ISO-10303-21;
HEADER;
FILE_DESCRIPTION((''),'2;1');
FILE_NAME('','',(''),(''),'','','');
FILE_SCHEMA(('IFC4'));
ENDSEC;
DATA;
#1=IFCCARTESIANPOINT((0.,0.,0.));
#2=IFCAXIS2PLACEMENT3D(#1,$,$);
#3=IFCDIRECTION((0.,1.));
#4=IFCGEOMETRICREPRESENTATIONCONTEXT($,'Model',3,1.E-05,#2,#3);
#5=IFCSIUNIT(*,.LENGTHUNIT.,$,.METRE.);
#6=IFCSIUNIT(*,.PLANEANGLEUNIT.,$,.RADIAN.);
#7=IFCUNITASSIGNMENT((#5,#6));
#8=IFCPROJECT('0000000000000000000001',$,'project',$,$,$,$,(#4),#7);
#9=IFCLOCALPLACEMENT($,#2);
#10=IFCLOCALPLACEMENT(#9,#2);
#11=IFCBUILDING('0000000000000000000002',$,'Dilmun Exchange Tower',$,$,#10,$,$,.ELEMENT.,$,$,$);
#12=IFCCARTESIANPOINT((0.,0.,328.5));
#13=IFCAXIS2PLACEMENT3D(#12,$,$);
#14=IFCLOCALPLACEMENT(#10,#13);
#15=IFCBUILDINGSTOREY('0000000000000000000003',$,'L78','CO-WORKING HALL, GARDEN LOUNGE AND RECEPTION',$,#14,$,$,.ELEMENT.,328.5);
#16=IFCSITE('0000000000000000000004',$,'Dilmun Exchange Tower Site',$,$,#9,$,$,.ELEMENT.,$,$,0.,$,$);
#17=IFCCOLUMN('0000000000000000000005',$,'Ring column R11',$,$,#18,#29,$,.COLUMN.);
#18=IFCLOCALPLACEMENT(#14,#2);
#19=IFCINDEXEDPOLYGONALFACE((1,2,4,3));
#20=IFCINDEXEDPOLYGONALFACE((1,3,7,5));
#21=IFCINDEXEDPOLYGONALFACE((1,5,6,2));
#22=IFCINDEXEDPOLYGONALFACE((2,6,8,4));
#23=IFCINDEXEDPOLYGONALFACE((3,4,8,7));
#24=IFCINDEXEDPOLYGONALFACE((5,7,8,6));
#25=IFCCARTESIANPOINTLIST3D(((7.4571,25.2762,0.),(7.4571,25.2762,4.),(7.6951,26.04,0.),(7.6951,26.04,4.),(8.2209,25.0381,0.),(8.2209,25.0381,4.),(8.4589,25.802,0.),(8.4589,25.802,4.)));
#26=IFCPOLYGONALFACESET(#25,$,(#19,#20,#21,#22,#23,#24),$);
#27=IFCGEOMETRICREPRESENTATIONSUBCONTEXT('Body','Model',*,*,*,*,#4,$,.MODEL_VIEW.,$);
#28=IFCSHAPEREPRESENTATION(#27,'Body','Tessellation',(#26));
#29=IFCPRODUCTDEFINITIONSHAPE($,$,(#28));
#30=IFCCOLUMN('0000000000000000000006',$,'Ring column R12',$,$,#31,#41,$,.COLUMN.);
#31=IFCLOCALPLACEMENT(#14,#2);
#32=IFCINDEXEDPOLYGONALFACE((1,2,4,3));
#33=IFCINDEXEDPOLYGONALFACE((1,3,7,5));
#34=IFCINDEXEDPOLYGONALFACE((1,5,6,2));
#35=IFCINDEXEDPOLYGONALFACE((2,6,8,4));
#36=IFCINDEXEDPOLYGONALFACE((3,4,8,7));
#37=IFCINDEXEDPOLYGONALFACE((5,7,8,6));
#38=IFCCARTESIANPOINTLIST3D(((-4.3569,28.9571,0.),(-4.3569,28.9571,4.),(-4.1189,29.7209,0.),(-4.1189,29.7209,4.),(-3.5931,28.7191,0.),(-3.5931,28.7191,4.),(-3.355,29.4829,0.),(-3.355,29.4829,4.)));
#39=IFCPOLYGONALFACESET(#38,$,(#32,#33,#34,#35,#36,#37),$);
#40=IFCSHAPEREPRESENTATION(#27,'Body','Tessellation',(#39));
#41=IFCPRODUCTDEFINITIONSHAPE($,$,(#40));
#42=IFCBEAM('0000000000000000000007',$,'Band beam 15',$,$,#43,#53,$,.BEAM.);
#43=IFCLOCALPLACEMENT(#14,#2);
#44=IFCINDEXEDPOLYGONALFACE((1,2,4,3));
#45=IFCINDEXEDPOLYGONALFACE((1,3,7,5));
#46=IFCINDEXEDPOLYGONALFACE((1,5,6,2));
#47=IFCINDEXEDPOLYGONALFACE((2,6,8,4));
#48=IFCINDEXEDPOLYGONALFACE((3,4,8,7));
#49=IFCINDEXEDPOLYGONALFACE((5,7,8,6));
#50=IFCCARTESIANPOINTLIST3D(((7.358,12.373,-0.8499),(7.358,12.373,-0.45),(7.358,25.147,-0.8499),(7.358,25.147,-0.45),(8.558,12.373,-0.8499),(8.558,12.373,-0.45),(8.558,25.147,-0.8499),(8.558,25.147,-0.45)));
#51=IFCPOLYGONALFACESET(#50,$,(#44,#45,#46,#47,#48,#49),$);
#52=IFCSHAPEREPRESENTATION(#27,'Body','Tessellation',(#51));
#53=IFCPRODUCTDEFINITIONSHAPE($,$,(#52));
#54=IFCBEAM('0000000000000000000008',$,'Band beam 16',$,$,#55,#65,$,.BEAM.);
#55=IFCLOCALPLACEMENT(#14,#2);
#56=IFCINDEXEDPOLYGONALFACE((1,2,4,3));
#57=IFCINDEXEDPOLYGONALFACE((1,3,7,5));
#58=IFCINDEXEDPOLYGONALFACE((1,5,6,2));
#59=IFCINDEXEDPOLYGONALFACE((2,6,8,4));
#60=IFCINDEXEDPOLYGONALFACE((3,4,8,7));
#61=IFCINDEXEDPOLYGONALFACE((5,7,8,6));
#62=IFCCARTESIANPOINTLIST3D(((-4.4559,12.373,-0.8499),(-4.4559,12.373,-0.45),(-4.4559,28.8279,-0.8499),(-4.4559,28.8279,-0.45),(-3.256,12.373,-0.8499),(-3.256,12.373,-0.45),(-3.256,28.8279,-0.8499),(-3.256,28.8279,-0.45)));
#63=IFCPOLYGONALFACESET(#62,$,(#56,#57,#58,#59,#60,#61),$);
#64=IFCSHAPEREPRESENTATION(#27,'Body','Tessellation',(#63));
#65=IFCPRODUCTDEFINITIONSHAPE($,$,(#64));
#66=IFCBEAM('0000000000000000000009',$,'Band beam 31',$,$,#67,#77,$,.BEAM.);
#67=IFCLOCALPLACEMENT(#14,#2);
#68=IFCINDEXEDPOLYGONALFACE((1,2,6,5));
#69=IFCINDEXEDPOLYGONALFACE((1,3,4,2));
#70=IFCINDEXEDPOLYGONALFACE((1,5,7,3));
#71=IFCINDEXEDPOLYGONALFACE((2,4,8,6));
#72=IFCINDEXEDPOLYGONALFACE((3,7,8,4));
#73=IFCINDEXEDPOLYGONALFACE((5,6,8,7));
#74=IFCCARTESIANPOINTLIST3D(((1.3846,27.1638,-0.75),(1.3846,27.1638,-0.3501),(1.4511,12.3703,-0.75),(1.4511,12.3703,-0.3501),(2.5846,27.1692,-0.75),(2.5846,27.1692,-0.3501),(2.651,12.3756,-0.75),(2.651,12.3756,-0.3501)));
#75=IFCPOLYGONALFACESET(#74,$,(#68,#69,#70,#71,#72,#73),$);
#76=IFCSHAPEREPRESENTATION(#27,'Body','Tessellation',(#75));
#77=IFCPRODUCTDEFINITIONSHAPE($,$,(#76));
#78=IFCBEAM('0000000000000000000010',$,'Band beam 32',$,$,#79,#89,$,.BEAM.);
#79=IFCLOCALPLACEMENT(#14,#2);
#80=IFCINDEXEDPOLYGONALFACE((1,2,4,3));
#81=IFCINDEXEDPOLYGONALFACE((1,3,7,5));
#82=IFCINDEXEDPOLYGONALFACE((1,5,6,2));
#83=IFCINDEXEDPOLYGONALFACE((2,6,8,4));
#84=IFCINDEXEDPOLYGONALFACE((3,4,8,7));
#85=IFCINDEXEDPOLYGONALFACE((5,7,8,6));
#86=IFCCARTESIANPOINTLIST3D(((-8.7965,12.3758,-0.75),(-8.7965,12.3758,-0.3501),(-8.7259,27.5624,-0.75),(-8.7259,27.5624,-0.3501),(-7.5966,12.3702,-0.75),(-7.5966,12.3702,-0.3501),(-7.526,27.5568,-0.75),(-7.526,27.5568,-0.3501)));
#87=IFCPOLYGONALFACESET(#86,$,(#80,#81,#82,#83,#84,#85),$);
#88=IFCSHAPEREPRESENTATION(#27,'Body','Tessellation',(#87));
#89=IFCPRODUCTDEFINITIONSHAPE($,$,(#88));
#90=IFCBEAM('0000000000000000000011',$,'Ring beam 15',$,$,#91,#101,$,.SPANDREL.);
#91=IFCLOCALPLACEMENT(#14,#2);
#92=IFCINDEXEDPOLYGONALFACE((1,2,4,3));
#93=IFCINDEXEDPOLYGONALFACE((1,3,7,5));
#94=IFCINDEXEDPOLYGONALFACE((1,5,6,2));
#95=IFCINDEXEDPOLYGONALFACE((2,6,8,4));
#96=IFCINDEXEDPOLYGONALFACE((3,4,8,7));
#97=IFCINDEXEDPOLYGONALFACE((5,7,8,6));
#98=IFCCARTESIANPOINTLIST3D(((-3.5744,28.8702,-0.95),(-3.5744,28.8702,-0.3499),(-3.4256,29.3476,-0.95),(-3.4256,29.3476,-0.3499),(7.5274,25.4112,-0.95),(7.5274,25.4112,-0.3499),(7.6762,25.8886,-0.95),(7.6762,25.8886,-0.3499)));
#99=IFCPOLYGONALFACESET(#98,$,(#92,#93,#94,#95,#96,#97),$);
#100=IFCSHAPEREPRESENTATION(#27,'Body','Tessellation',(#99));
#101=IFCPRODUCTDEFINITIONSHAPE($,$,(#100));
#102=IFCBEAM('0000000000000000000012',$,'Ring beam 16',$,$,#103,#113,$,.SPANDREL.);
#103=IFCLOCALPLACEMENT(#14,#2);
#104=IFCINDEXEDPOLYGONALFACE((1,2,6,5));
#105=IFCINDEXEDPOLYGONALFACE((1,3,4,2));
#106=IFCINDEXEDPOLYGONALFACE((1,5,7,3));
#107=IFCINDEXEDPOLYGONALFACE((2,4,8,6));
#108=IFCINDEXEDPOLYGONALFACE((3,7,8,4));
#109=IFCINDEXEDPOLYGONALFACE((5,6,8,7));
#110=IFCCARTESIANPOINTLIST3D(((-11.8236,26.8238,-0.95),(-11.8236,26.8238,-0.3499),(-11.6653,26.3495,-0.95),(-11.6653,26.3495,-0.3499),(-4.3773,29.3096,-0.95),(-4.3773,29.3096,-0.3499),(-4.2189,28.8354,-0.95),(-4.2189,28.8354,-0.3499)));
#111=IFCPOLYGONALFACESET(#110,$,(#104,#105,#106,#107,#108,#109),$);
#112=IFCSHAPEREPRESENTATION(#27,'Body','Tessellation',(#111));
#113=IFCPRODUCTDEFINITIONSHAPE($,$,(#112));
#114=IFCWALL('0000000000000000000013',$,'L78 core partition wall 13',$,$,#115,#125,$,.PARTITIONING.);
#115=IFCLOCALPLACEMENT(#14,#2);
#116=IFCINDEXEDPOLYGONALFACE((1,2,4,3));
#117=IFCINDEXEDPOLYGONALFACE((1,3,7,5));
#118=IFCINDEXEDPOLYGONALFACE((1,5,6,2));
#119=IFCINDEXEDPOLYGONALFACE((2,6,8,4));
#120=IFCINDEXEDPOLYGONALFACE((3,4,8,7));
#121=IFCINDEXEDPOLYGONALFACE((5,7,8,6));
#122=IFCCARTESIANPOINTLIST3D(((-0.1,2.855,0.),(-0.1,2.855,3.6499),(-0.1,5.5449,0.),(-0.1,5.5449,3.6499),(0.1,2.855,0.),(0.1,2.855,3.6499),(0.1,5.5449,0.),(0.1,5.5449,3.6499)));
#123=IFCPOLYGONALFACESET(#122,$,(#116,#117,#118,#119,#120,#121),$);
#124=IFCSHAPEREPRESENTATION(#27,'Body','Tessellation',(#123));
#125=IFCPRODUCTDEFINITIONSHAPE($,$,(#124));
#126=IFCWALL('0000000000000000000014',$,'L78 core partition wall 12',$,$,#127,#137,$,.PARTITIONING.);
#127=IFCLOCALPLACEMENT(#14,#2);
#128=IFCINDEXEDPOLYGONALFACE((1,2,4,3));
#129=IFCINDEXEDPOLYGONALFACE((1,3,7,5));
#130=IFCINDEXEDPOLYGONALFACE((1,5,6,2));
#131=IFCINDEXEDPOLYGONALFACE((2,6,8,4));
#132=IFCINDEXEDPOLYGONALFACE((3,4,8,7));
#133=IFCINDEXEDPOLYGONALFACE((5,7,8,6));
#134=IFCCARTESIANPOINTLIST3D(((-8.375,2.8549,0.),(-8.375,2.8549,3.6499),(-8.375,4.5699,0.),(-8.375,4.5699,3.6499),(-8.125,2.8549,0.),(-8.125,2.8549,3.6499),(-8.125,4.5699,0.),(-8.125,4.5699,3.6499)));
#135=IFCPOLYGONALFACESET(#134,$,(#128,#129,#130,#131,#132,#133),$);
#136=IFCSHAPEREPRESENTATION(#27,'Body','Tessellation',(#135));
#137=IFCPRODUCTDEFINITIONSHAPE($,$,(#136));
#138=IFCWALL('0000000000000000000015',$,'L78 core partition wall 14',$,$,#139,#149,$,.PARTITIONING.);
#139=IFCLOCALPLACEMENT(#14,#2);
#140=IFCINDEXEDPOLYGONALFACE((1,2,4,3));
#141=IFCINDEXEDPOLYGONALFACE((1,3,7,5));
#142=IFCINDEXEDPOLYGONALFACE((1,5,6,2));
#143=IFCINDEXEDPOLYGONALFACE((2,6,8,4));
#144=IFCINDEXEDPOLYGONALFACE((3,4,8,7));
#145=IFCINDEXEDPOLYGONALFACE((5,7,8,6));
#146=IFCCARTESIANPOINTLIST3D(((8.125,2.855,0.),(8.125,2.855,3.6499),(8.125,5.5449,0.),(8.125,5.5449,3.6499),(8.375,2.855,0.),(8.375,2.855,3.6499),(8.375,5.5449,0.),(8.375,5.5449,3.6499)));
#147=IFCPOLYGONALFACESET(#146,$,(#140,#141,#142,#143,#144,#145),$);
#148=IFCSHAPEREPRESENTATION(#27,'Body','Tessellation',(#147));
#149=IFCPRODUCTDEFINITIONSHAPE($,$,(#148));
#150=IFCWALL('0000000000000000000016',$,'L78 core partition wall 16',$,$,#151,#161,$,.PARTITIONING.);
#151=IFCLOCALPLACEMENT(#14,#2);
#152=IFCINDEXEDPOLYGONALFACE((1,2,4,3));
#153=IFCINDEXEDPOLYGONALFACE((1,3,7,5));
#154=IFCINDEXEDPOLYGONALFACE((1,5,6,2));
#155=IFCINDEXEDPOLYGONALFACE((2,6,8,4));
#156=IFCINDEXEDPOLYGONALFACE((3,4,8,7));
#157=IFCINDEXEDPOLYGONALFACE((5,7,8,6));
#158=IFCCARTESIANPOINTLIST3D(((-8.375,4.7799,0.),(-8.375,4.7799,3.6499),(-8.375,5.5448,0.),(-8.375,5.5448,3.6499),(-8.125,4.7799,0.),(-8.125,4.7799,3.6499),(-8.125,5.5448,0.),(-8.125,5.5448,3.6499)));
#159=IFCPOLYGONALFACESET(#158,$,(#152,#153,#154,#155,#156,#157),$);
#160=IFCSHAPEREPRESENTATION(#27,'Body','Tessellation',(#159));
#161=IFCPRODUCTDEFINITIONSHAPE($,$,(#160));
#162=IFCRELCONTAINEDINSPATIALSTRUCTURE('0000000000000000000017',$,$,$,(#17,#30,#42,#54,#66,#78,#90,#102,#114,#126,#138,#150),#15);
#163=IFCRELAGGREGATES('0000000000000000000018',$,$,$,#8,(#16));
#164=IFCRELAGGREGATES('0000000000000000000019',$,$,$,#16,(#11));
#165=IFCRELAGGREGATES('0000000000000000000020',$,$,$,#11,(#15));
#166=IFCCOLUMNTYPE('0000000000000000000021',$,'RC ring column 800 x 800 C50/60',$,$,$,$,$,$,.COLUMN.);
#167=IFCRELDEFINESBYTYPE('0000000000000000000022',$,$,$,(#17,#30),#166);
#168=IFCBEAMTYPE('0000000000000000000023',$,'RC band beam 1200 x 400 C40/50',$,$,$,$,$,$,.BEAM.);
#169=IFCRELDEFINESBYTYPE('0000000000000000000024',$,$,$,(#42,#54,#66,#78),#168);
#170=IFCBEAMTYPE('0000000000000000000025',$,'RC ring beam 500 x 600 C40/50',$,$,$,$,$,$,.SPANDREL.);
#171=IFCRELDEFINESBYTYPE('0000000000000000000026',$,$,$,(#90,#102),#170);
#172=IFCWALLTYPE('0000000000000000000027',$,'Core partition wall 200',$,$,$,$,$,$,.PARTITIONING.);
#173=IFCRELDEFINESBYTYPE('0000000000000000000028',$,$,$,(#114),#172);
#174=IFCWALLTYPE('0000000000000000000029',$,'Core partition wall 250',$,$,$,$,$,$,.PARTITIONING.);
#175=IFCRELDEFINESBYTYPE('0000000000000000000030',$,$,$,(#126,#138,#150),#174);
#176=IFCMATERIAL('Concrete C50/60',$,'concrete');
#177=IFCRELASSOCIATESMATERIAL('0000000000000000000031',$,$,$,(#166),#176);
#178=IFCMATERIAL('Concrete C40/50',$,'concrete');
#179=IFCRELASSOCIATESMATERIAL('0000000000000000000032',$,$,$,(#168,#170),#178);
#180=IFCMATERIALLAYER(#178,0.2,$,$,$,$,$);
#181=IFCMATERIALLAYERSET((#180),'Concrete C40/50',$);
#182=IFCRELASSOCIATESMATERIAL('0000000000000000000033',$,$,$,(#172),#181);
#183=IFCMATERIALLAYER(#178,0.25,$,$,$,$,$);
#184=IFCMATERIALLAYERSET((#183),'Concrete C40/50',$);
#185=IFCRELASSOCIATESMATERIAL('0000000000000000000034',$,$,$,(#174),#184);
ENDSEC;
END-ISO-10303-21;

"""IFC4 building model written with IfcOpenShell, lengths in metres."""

from ifc_helpers import new_model, si_unit, direction, frame, frame_2d, origin, origin_2d, place, context, subcontext, project, spatial, rectangle, extrude, material, layer, layer_set, material_profile, profile_set, type_object, element, save


model = new_model("IFC4")

# Units and contexts
model_context = context("Model", 3, precision=1e-05, world=origin(), true_north=direction((0.0, 1.0)))
body_context = subcontext(model_context, "Body", "Model", "MODEL_VIEW")
ifc_project = project(units=[si_unit("LENGTHUNIT", "METRE"), si_unit("PLANEANGLEUNIT", "RADIAN")], contexts=[model_context])

# Site, building, storey
site_placement = place(None, origin())
site = spatial("IfcSite", under=ifc_project, at=site_placement, Name="Dilmun Exchange Tower Site", CompositionType="ELEMENT", RefElevation=0.0)
building_placement = place(site_placement, origin())
building = spatial("IfcBuilding", under=site, at=building_placement, Name="Dilmun Exchange Tower", CompositionType="ELEMENT")
storey_placement = place(building_placement, frame((0.0, 0.0, 328.5)))
storey = spatial("IfcBuildingStorey", under=building, at=storey_placement, Name="L78", Description="CO-WORKING HALL, GARDEN LOUNGE AND RECEPTION", CompositionType="ELEMENT", Elevation=328.5)

# Columns
ifc_material_1 = material(Name="Concrete C50/60", Category="concrete")
ifc_material_profile_1 = material_profile(ifc_material_1, rectangle(XDim=0.8, YDim=0.8, at=origin_2d()), Name="800 x 800")
ifc_profile_set_1 = profile_set([ifc_material_profile_1], Name="Concrete C50/60")
column_type = type_object("IfcColumnType", Name="RC ring column 800 x 800 C50/60", PredefinedType="COLUMN", material=ifc_profile_set_1)
for number, where, z_axis, x_axis, name in (
    (1, (7.958, 25.5391, 0.0), (0.0, 0.0, 1.0), (0.297503, 0.954721, 0.0), "Ring column R11"),
    (2, (-3.856, 29.22, 0.0), (0.0, 0.0, 1.0), (0.297503, 0.954721, 0.0), "Ring column R12"),
):
    element("IfcColumn", number, at=place(storey_placement, frame(where, z_axis=z_axis, x_axis=x_axis)), inside=storey, type_object=column_type, Name=name, PredefinedType="COLUMN", context=body_context, shape_type="SweptSolid", body=[
        extrude(rectangle(XDim=0.8, YDim=0.8, at=origin_2d()), origin(), (0.0, 0.0, 1.0), 4.0),
    ])

# Beams
ifc_material_2 = material(Name="Concrete C40/50", Category="concrete")
ifc_material_profile_2 = material_profile(ifc_material_2, rectangle(XDim=1.2, YDim=0.3999, at=origin_2d()), Name="1200 x 400")
ifc_profile_set_2 = profile_set([ifc_material_profile_2], Name="Concrete C40/50")
beam_type_1 = type_object("IfcBeamType", Name="RC band beam 1200 x 400 C40/50", PredefinedType="BEAM", material=ifc_profile_set_2)
beam_1_placement = place(storey_placement, frame((7.958, 25.147, -0.6499), z_axis=(0.0, -1.0, 0.0), x_axis=(1.0, 0.0, 0.0)))
element("IfcBeam", 3, at=beam_1_placement, inside=storey, type_object=beam_type_1, Name="Band beam 15", PredefinedType="BEAM", context=body_context, shape_type="SweptSolid", body=[
    extrude(rectangle(XDim=1.2, YDim=0.3999, at=origin_2d()), origin(), (0.0, 0.0, 1.0), 12.7739),
])
beam_2_placement = place(storey_placement, frame((-3.856, 28.8279, -0.6499), z_axis=(0.0, -1.0, 0.0), x_axis=(1.0, 0.0, 0.0)))
element("IfcBeam", 4, at=beam_2_placement, inside=storey, type_object=beam_type_1, Name="Band beam 16", PredefinedType="BEAM", context=body_context, shape_type="SweptSolid", body=[
    extrude(rectangle(XDim=1.2, YDim=0.3999, at=origin_2d()), origin(), (0.0, 0.0, 1.0), 16.4548),
])
beam_3_placement = place(storey_placement, frame((1.9846, 27.1665, -0.55), z_axis=(0.004489, -0.99999, 0.0), x_axis=(0.99999, 0.004489, 0.0)))
element("IfcBeam", 5, at=beam_3_placement, inside=storey, type_object=beam_type_1, Name="Band beam 31", PredefinedType="BEAM", context=body_context, shape_type="SweptSolid", body=[
    extrude(rectangle(XDim=1.2, YDim=0.3999, at=origin_2d()), origin(), (0.0, 0.0, 1.0), 14.7937),
])
beam_4_placement = place(storey_placement, frame((-8.126, 27.5596, -0.55), z_axis=(-0.004646, -0.999989, 0.0), x_axis=(0.999989, -0.004646, 0.0)))
element("IfcBeam", 6, at=beam_4_placement, inside=storey, type_object=beam_type_1, Name="Band beam 32", PredefinedType="BEAM", context=body_context, shape_type="SweptSolid", body=[
    extrude(rectangle(XDim=1.2, YDim=0.3999, at=origin_2d()), origin(), (0.0, 0.0, 1.0), 15.1868),
])
ifc_material_profile_3 = material_profile(ifc_material_2, rectangle(XDim=0.5, YDim=0.6001, at=origin_2d()), Name="500 x 600")
ifc_profile_set_3 = profile_set([ifc_material_profile_3], Name="Concrete C40/50")
beam_type_2 = type_object("IfcBeamType", Name="RC ring beam 500 x 600 C40/50", PredefinedType="SPANDREL", material=ifc_profile_set_3)
beam_5_placement = place(storey_placement, frame((7.6018, 25.6499, -0.6499), z_axis=(-0.954733, 0.297466, 0.0), x_axis=(-0.297466, -0.954733, 0.0)))
element("IfcBeam", 7, at=beam_5_placement, inside=storey, type_object=beam_type_2, Name="Ring beam 15", PredefinedType="SPANDREL", context=body_context, shape_type="SweptSolid", body=[
    extrude(rectangle(XDim=0.5, YDim=0.6001, at=origin_2d()), origin(), (0.0, 0.0, 1.0), 11.6282),
])
beam_6_placement = place(storey_placement, frame((-4.2981, 29.0725, -0.6499), z_axis=(-0.94854, -0.316657, 0.0), x_axis=(0.316657, -0.94854, 0.0)))
element("IfcBeam", 8, at=beam_6_placement, inside=storey, type_object=beam_type_2, Name="Ring beam 16", PredefinedType="SPANDREL", context=body_context, shape_type="SweptSolid", body=[
    extrude(rectangle(XDim=0.5, YDim=0.6001, at=origin_2d()), origin(), (0.0, 0.0, 1.0), 7.8503),
])

# Walls
ifc_layer_1 = layer(ifc_material_2, 0.2)
ifc_layer_set_1 = layer_set([ifc_layer_1], Name="Concrete C40/50")
wall_type_1 = type_object("IfcWallType", Name="Core partition wall 200", PredefinedType="PARTITIONING", material=ifc_layer_set_1)
wall_1_placement = place(storey_placement, frame((0.0, 2.855, 0.0), z_axis=(0.0, 0.0, 1.0), x_axis=(0.0, 1.0, 0.0)))
element("IfcWall", 9, at=wall_1_placement, inside=storey, type_object=wall_type_1, Name="L78 core partition wall 13", PredefinedType="PARTITIONING", context=body_context, shape_type="SweptSolid", body=[
    extrude(rectangle(XDim=2.6899, YDim=0.2, at=frame_2d((1.345, 0.0))), origin(), (0.0, 0.0, 1.0), 3.6499),
])
ifc_layer_2 = layer(ifc_material_2, 0.25)
ifc_layer_set_2 = layer_set([ifc_layer_2], Name="Concrete C40/50")
wall_type_2 = type_object("IfcWallType", Name="Core partition wall 250", PredefinedType="PARTITIONING", material=ifc_layer_set_2)
wall_2_placement = place(storey_placement, frame((-8.25, 2.855, 0.0), z_axis=(0.0, 0.0, 1.0), x_axis=(0.0, 1.0, 0.0)))
element("IfcWall", 10, at=wall_2_placement, inside=storey, type_object=wall_type_2, Name="L78 core partition wall 12", PredefinedType="PARTITIONING", context=body_context, shape_type="SweptSolid", body=[
    extrude(rectangle(XDim=1.7151, YDim=0.25, at=frame_2d((0.8574, 0.0))), origin(), (0.0, 0.0, 1.0), 3.6499),
])
wall_3_placement = place(storey_placement, frame((8.25, 2.855, 0.0), z_axis=(0.0, 0.0, 1.0), x_axis=(0.0, 1.0, 0.0)))
element("IfcWall", 11, at=wall_3_placement, inside=storey, type_object=wall_type_2, Name="L78 core partition wall 14", PredefinedType="PARTITIONING", context=body_context, shape_type="SweptSolid", body=[
    extrude(rectangle(XDim=2.6899, YDim=0.25, at=frame_2d((1.345, 0.0))), origin(), (0.0, 0.0, 1.0), 3.6499),
])
wall_4_placement = place(storey_placement, frame((-8.25, 4.78, 0.0), z_axis=(0.0, 0.0, 1.0), x_axis=(0.0, 1.0, 0.0)))
element("IfcWall", 12, at=wall_4_placement, inside=storey, type_object=wall_type_2, Name="L78 core partition wall 16", PredefinedType="PARTITIONING", context=body_context, shape_type="SweptSolid", body=[
    extrude(rectangle(XDim=0.7649, YDim=0.25, at=frame_2d((0.3823, 0.0))), origin(), (0.0, 0.0, 1.0), 3.6499),
])

save(model, "model.ifc")
